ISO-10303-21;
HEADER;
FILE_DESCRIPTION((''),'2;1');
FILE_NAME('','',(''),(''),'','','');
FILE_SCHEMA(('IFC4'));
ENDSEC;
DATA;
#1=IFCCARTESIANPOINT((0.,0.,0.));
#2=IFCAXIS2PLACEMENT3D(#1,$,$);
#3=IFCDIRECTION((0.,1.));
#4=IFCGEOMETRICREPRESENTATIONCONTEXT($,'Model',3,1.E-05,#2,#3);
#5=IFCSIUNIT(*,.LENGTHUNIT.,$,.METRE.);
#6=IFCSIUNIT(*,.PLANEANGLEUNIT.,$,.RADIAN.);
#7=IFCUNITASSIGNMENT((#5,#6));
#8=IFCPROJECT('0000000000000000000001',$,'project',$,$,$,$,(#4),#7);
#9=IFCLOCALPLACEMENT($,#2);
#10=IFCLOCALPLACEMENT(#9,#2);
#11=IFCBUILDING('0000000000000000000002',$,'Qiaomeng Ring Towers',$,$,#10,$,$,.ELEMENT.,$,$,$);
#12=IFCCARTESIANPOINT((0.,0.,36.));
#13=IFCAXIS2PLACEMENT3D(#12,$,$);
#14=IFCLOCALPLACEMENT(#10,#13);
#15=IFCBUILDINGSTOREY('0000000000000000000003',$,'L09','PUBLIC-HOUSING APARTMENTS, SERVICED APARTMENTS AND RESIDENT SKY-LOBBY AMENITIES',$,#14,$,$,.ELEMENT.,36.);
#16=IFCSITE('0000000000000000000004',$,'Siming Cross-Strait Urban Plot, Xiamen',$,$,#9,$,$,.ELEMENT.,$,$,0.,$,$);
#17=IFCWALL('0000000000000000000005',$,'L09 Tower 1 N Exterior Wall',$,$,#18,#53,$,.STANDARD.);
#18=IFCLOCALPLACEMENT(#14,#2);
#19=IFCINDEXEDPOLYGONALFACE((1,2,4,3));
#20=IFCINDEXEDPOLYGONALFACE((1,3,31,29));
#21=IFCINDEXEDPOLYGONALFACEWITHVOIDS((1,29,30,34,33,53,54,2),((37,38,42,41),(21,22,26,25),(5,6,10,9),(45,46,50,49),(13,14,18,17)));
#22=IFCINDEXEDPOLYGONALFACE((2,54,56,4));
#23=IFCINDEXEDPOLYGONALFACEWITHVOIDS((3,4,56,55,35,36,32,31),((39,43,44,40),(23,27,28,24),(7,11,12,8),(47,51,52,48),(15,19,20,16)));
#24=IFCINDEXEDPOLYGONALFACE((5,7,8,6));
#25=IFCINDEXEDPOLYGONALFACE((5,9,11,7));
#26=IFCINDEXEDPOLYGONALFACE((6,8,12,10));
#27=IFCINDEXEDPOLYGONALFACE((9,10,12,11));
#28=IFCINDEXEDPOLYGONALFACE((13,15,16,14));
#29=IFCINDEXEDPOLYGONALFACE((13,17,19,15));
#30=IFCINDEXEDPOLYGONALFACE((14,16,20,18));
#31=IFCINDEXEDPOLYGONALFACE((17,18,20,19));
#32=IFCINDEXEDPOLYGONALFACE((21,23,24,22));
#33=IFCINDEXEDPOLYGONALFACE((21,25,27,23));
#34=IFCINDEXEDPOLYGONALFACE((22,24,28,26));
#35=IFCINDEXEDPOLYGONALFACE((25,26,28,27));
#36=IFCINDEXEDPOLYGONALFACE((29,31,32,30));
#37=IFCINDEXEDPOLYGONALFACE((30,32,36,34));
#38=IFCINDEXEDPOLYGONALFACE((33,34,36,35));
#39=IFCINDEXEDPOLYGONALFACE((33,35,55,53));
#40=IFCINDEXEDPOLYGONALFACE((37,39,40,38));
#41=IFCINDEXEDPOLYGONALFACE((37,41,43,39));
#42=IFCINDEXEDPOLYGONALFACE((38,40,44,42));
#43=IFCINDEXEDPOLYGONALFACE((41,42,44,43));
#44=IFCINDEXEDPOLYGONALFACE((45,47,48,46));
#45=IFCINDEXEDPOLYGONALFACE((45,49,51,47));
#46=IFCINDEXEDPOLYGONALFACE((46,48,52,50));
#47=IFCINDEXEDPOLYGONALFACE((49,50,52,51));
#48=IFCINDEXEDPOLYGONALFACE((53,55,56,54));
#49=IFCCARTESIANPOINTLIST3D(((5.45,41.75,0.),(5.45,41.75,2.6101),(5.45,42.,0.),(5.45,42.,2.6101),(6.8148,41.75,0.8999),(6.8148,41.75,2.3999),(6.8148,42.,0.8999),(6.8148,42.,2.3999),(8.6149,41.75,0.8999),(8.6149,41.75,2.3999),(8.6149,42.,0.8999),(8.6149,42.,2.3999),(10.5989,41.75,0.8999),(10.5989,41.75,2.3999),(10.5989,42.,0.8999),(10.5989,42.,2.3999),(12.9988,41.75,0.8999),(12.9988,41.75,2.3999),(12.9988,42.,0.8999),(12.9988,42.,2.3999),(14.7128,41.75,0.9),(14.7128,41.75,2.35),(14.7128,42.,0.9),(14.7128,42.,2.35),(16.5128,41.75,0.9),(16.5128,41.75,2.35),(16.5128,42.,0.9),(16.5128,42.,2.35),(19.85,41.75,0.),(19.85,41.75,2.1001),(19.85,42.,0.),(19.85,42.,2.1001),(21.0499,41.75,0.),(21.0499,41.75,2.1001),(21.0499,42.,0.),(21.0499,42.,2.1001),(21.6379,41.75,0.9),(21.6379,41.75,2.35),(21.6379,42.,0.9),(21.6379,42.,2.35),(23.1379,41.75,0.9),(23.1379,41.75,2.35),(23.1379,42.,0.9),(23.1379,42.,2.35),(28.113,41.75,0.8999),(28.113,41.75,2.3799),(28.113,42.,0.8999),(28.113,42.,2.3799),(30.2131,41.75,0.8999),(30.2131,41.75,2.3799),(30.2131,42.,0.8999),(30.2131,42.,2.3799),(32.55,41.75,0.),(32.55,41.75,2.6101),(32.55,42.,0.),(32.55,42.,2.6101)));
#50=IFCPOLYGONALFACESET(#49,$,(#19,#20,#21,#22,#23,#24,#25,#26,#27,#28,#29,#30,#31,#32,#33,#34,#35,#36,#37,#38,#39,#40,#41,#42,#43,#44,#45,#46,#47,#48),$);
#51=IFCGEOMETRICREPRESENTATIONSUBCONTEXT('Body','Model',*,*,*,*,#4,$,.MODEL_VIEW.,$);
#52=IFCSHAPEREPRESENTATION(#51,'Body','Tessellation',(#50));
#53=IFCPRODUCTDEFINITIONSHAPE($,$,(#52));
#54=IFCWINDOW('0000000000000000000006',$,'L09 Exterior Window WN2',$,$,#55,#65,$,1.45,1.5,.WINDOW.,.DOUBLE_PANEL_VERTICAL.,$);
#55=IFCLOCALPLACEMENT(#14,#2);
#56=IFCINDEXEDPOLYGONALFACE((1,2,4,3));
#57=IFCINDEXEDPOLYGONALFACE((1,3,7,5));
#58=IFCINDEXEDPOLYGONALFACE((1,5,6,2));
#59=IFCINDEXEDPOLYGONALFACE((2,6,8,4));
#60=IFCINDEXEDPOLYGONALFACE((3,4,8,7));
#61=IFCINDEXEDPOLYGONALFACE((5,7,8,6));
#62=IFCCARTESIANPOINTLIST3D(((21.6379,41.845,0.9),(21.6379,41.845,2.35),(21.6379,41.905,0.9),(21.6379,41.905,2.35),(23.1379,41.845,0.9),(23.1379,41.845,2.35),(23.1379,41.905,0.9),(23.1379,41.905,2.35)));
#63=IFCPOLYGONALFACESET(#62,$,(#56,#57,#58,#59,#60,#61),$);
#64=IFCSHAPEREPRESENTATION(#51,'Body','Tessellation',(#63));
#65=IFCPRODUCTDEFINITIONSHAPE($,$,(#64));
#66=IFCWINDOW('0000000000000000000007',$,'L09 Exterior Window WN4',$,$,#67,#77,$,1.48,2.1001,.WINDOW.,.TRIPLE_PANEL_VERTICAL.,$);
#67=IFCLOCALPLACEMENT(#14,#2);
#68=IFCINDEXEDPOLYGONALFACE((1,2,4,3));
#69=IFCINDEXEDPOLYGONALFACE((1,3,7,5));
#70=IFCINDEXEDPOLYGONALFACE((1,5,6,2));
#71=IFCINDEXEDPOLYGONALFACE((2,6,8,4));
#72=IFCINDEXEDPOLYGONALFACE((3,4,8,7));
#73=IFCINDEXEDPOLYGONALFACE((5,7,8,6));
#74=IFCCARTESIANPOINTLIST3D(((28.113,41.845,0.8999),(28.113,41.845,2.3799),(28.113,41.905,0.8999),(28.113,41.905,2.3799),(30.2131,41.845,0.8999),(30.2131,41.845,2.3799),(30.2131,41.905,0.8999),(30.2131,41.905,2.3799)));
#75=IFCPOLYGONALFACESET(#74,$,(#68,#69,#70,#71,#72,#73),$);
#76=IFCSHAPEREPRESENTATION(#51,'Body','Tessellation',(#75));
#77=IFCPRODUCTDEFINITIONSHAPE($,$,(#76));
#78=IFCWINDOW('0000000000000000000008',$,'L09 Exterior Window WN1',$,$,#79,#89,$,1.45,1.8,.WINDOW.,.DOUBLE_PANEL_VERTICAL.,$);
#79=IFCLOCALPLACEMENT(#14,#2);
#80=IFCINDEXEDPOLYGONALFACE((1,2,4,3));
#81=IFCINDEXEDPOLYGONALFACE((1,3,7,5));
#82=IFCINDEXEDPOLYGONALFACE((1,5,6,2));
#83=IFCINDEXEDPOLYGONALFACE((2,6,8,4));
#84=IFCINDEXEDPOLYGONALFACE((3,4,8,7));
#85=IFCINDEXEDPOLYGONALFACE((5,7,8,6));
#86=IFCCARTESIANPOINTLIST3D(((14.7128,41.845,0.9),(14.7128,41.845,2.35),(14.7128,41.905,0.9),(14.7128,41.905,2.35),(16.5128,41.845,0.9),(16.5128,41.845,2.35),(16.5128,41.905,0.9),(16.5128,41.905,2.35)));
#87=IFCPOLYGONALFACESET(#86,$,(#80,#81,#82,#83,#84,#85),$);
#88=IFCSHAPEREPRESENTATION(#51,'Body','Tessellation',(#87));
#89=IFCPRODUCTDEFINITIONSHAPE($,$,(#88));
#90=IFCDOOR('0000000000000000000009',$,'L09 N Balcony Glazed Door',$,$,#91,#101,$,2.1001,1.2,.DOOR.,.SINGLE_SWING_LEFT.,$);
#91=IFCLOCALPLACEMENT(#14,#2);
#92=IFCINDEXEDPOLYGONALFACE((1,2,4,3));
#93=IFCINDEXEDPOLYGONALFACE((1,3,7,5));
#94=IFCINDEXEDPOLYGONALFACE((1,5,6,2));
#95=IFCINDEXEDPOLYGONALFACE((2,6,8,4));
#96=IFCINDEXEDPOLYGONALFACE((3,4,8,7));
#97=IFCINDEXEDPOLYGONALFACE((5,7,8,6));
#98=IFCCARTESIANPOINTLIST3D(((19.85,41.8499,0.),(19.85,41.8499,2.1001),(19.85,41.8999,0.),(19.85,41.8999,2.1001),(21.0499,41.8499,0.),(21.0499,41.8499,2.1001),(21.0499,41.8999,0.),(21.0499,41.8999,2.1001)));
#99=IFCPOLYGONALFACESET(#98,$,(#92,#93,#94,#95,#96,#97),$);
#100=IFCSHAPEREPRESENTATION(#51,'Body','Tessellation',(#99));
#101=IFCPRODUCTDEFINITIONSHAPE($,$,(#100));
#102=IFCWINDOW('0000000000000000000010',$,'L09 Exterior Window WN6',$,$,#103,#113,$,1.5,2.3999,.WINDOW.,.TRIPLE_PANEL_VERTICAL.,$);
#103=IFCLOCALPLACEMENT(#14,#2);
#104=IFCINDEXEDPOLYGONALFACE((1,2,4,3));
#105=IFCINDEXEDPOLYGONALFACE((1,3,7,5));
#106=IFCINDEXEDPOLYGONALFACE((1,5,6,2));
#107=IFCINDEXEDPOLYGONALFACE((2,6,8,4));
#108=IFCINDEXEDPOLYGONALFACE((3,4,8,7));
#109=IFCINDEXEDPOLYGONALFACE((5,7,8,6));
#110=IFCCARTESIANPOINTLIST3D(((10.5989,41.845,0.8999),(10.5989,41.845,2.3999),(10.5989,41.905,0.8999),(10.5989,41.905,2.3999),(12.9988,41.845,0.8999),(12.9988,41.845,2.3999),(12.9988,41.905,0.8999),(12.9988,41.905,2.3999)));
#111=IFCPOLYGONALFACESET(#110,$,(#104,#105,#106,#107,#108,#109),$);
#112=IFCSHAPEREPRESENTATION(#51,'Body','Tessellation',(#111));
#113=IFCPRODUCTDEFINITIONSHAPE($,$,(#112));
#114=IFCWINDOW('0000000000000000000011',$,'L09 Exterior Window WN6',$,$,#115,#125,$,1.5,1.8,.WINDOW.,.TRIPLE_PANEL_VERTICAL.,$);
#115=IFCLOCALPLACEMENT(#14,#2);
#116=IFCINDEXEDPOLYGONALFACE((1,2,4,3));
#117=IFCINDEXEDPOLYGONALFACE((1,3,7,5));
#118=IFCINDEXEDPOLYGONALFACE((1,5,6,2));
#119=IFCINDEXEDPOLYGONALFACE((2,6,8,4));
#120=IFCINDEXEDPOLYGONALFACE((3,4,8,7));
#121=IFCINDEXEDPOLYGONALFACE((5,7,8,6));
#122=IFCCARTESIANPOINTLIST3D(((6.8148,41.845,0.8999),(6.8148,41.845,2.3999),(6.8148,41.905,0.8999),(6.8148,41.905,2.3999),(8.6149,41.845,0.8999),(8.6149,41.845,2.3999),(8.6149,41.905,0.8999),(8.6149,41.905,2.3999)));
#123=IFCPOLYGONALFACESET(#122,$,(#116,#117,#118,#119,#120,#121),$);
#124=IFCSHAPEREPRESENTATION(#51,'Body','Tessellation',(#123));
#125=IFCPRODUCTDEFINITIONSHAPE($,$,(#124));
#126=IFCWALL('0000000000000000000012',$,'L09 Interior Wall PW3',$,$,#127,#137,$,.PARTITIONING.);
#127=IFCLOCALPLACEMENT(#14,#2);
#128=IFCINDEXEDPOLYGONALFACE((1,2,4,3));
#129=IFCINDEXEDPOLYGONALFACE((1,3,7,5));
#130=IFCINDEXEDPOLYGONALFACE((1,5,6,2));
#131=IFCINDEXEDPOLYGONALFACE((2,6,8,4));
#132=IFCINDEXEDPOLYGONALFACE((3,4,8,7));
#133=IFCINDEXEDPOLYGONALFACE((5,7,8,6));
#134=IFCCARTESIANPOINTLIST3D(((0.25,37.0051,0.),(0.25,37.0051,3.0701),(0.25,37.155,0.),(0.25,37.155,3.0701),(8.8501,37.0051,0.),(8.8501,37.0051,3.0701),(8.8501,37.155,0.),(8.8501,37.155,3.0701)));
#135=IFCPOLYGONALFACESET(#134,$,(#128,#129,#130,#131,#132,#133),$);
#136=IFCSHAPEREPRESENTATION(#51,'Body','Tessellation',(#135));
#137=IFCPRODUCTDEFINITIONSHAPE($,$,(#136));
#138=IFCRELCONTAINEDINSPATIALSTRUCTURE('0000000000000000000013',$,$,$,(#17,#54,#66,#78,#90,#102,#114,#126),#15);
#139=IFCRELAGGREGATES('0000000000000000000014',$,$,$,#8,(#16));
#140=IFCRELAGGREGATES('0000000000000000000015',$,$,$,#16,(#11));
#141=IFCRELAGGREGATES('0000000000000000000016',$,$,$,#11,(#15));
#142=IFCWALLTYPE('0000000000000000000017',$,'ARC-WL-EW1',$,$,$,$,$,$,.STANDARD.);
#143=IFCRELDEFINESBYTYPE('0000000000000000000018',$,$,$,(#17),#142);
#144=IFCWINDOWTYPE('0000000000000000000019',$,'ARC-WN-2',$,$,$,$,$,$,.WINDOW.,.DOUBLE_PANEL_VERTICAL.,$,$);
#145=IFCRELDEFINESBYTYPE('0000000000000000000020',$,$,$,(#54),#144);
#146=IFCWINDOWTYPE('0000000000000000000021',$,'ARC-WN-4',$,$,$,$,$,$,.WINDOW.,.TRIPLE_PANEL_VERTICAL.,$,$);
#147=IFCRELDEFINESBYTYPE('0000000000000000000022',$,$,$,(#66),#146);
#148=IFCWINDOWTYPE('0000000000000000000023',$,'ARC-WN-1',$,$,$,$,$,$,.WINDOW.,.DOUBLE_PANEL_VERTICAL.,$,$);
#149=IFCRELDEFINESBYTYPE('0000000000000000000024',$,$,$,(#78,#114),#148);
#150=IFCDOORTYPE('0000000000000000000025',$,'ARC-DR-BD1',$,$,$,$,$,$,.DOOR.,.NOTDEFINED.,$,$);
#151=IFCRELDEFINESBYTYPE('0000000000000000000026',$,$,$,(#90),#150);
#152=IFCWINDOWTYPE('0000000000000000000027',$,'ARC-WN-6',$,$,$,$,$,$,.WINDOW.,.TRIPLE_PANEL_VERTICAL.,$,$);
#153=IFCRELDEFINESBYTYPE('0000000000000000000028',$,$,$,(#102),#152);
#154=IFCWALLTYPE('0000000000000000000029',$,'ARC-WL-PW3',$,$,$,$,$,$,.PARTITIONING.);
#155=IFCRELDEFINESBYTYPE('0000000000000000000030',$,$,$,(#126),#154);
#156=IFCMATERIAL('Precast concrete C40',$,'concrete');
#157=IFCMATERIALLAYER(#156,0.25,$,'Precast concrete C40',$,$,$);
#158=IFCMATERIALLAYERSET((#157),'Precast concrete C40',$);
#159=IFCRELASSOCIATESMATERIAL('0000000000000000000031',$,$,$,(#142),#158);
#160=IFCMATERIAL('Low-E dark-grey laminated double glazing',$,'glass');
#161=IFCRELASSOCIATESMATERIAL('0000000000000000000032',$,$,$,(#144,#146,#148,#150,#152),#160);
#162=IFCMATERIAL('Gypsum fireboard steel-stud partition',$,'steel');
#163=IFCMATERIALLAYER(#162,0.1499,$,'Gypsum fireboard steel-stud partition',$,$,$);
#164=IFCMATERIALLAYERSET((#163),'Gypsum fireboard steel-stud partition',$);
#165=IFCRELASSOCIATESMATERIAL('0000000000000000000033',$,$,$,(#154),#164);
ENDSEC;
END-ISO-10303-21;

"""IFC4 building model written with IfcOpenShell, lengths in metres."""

from ifc_helpers import new_model, si_unit, direction, frame, frame_2d, origin, place, context, subcontext, project, spatial, rectangle, extrude, source, transform, mapped, material, layer, layer_set, type_object, element, fill, save


model = new_model("IFC4")

# Units and contexts
model_context = context("Model", 3, precision=1e-05, world=origin(), true_north=direction((0.0, 1.0)))
body_context = subcontext(model_context, "Body", "Model", "MODEL_VIEW")
ifc_project = project(units=[si_unit("LENGTHUNIT", "METRE"), si_unit("PLANEANGLEUNIT", "RADIAN")], contexts=[model_context])

# Site, building, storey
site_placement = place(None, origin())
site = spatial("IfcSite", under=ifc_project, at=site_placement, Name="Siming Cross-Strait Urban Plot, Xiamen", CompositionType="ELEMENT", RefElevation=0.0)
building_placement = place(site_placement, origin())
building = spatial("IfcBuilding", under=site, at=building_placement, Name="Qiaomeng Ring Towers", CompositionType="ELEMENT")
storey_placement = place(building_placement, frame((0.0, 0.0, 36.0)))
storey = spatial("IfcBuildingStorey", under=building, at=storey_placement, Name="L09", Description="PUBLIC-HOUSING APARTMENTS, SERVICED APARTMENTS AND RESIDENT SKY-LOBBY AMENITIES", CompositionType="ELEMENT", Elevation=36.0)

# Shared definitions
ifc_material_1 = material(Name="Low-E dark-grey laminated double glazing", Category="glass")

# Wall, openings, windows, door
ifc_material_2 = material(Name="Precast concrete C40", Category="concrete")
ifc_layer_1 = layer(ifc_material_2, 0.25, Name="Precast concrete C40")
ifc_layer_set_1 = layer_set([ifc_layer_1], Name="Precast concrete C40")
wall_type_1 = type_object("IfcWallType", Name="ARC-WL-EW1", PredefinedType="STANDARD", material=ifc_layer_set_1)
wall_1_placement = place(storey_placement, frame((5.45, 41.875, 0.0), z_axis=(0.0, 0.0, 1.0), x_axis=(1.0, 0.0, 0.0)))
wall_1 = element("IfcWall", 1, at=wall_1_placement, inside=storey, type_object=wall_type_1, Name="L09 Tower 1 N Exterior Wall", PredefinedType="STANDARD", context=body_context, shape_type="SweptSolid", body=[
    extrude(rectangle(XDim=27.1001, YDim=0.25, at=frame_2d((13.55, 0.0))), origin(), (0.0, 0.0, 1.0), 2.6101),
])
opening_1_placement = place(wall_1_placement, frame((14.3999, 0.0, 0.0)))
opening_1 = element("IfcOpeningElement", 2, at=opening_1_placement, cuts=wall_1, PredefinedType="OPENING", context=body_context, shape_type="SweptSolid", body=[
    extrude(rectangle(XDim=1.2, YDim=2.1001, at=frame_2d((0.6001, 1.05))), frame((0.0, 0.135, 0.0), z_axis=(0.0, -1.0, 0.0), x_axis=(1.0, 0.0, 0.0)), (0.0, 0.0, 1.0), 0.27),
])
opening_2_placement = place(wall_1_placement, frame((1.365, 0.0, 0.8999)))
opening_2 = element("IfcOpeningElement", 3, at=opening_2_placement, cuts=wall_1, PredefinedType="OPENING", context=body_context, shape_type="SweptSolid", body=[
    extrude(rectangle(XDim=1.8, YDim=1.5, at=frame_2d((0.8999, 0.75))), frame((0.0, 0.135, 0.0), z_axis=(0.0, -1.0, 0.0), x_axis=(1.0, 0.0, 0.0)), (0.0, 0.0, 1.0), 0.27),
])
opening_3_placement = place(wall_1_placement, frame((9.2629, 0.0, 0.8999)))
opening_3 = element("IfcOpeningElement", 4, at=opening_3_placement, cuts=wall_1, PredefinedType="OPENING", context=body_context, shape_type="SweptSolid", body=[
    extrude(rectangle(XDim=1.8, YDim=1.45, at=frame_2d((0.8999, 0.7251))), frame((0.0, 0.135, 0.0), z_axis=(0.0, -1.0, 0.0), x_axis=(1.0, 0.0, 0.0)), (0.0, 0.0, 1.0), 0.27),
])
opening_4_placement = place(wall_1_placement, frame((16.188, 0.0, 0.8999)))
opening_4 = element("IfcOpeningElement", 5, at=opening_4_placement, cuts=wall_1, PredefinedType="OPENING", context=body_context, shape_type="SweptSolid", body=[
    extrude(rectangle(XDim=1.5, YDim=1.45, at=frame_2d((0.75, 0.7251))), frame((0.0, 0.135, 0.0), z_axis=(0.0, -1.0, 0.0), x_axis=(1.0, 0.0, 0.0)), (0.0, 0.0, 1.0), 0.27),
])
opening_5_placement = place(wall_1_placement, frame((22.6631, 0.0, 0.8999)))
opening_5 = element("IfcOpeningElement", 6, at=opening_5_placement, cuts=wall_1, PredefinedType="OPENING", context=body_context, shape_type="SweptSolid", body=[
    extrude(rectangle(XDim=2.1001, YDim=1.48, at=frame_2d((1.05, 0.74))), frame((0.0, 0.135, 0.0), z_axis=(0.0, -1.0, 0.0), x_axis=(1.0, 0.0, 0.0)), (0.0, 0.0, 1.0), 0.27),
])
opening_6_placement = place(wall_1_placement, frame((5.1489, 0.0, 0.8999)))
opening_6 = element("IfcOpeningElement", 7, at=opening_6_placement, cuts=wall_1, PredefinedType="OPENING", context=body_context, shape_type="SweptSolid", body=[
    extrude(rectangle(XDim=2.3999, YDim=1.5, at=frame_2d((1.2, 0.75))), frame((0.0, 0.135, 0.0), z_axis=(0.0, -1.0, 0.0), x_axis=(1.0, 0.0, 0.0)), (0.0, 0.0, 1.0), 0.27),
])
window_type_1 = type_object("IfcWindowType", Name="ARC-WN-2", PartitioningType="DOUBLE_PANEL_VERTICAL", PredefinedType="WINDOW", material=ifc_material_1)
shared_shape_1 = source(origin(), body_context, "Body", "SweptSolid", [
    extrude(rectangle(XDim=1.5, YDim=1.45, at=frame_2d((0.75, 0.7251))), frame((0.0, 0.03, 0.0), z_axis=(0.0, -1.0, 0.0), x_axis=(1.0, 0.0, 0.0)), (0.0, 0.0, 1.0), 0.0601),
])
window_1_placement = place(opening_4_placement, origin())
window_1 = element("IfcWindow", 8, at=window_1_placement, inside=storey, type_object=window_type_1, Name="L09 Exterior Window WN2", OverallHeight=1.45, OverallWidth=1.5, PartitioningType="DOUBLE_PANEL_VERTICAL", PredefinedType="WINDOW", context=body_context, shape_type="MappedRepresentation", body=[
    mapped(shared_shape_1, transform((0.0, 0.0, 0.0), x_axis=(1.0, 0.0, 0.0), y_axis=(0.0, 1.0, 0.0), z_axis=(0.0, 0.0, 1.0), scale=1.0)),
])
fill(opening_4, window_1)
window_type_2 = type_object("IfcWindowType", Name="ARC-WN-4", PartitioningType="TRIPLE_PANEL_VERTICAL", PredefinedType="WINDOW", material=ifc_material_1)
shared_shape_2 = source(origin(), body_context, "Body", "SweptSolid", [
    extrude(rectangle(XDim=2.1001, YDim=1.48, at=frame_2d((1.05, 0.74))), frame((0.0, 0.03, 0.0), z_axis=(0.0, -1.0, 0.0), x_axis=(1.0, 0.0, 0.0)), (0.0, 0.0, 1.0), 0.0601),
])
window_2_placement = place(opening_5_placement, origin())
window_2 = element("IfcWindow", 9, at=window_2_placement, inside=storey, type_object=window_type_2, Name="L09 Exterior Window WN4", OverallHeight=1.48, OverallWidth=2.1001, PartitioningType="TRIPLE_PANEL_VERTICAL", PredefinedType="WINDOW", context=body_context, shape_type="MappedRepresentation", body=[
    mapped(shared_shape_2, transform((0.0, 0.0, 0.0), x_axis=(1.0, 0.0, 0.0), y_axis=(0.0, 1.0, 0.0), z_axis=(0.0, 0.0, 1.0), scale=1.0)),
])
fill(opening_5, window_2)
window_type_3 = type_object("IfcWindowType", Name="ARC-WN-1", PartitioningType="DOUBLE_PANEL_VERTICAL", PredefinedType="WINDOW", material=ifc_material_1)
shared_shape_3 = source(origin(), body_context, "Body", "SweptSolid", [
    extrude(rectangle(XDim=1.8, YDim=1.45, at=frame_2d((0.8999, 0.7251))), frame((0.0, 0.03, 0.0), z_axis=(0.0, -1.0, 0.0), x_axis=(1.0, 0.0, 0.0)), (0.0, 0.0, 1.0), 0.0601),
])
window_3_placement = place(opening_3_placement, origin())
window_3 = element("IfcWindow", 10, at=window_3_placement, inside=storey, type_object=window_type_3, Name="L09 Exterior Window WN1", OverallHeight=1.45, OverallWidth=1.8, PartitioningType="DOUBLE_PANEL_VERTICAL", PredefinedType="WINDOW", context=body_context, shape_type="MappedRepresentation", body=[
    mapped(shared_shape_3, transform((0.0, 0.0, 0.0), x_axis=(1.0, 0.0, 0.0), y_axis=(0.0, 1.0, 0.0), z_axis=(0.0, 0.0, 1.0), scale=1.0)),
])
fill(opening_3, window_3)
door_type = type_object("IfcDoorType", Name="ARC-DR-BD1", OperationType="NOTDEFINED", PredefinedType="DOOR", material=ifc_material_1)
shared_shape_4 = source(origin(), body_context, "Body", "SweptSolid", [
    extrude(rectangle(XDim=1.2, YDim=2.1001, at=frame_2d((0.6001, 1.05))), frame((0.0, 0.0249, 0.0), z_axis=(0.0, -1.0, 0.0), x_axis=(1.0, 0.0, 0.0)), (0.0, 0.0, 1.0), 0.05),
])
door_placement = place(opening_1_placement, origin())
door = element("IfcDoor", 11, at=door_placement, inside=storey, type_object=door_type, Name="L09 N Balcony Glazed Door", OperationType="SINGLE_SWING_LEFT", OverallHeight=2.1001, OverallWidth=1.2, PredefinedType="DOOR", context=body_context, shape_type="MappedRepresentation", body=[
    mapped(shared_shape_4, transform((0.0, 0.0, 0.0), x_axis=(1.0, 0.0, 0.0), y_axis=(0.0, 1.0, 0.0), z_axis=(0.0, 0.0, 1.0), scale=1.0)),
])
fill(opening_1, door)
window_type_4 = type_object("IfcWindowType", Name="ARC-WN-6", PartitioningType="TRIPLE_PANEL_VERTICAL", PredefinedType="WINDOW", material=ifc_material_1)
shared_shape_5 = source(origin(), body_context, "Body", "SweptSolid", [
    extrude(rectangle(XDim=2.3999, YDim=1.5, at=frame_2d((1.2, 0.75))), frame((0.0, 0.03, 0.0), z_axis=(0.0, -1.0, 0.0), x_axis=(1.0, 0.0, 0.0)), (0.0, 0.0, 1.0), 0.0601),
])
window_4_placement = place(opening_6_placement, origin())
window_4 = element("IfcWindow", 12, at=window_4_placement, inside=storey, type_object=window_type_4, Name="L09 Exterior Window WN6", OverallHeight=1.5, OverallWidth=2.3999, PartitioningType="TRIPLE_PANEL_VERTICAL", PredefinedType="WINDOW", context=body_context, shape_type="MappedRepresentation", body=[
    mapped(shared_shape_5, transform((0.0, 0.0, 0.0), x_axis=(1.0, 0.0, 0.0), y_axis=(0.0, 1.0, 0.0), z_axis=(0.0, 0.0, 1.0), scale=1.0)),
])
fill(opening_6, window_4)
shared_shape_6 = source(origin(), body_context, "Body", "SweptSolid", [
    extrude(rectangle(XDim=1.8, YDim=1.5, at=frame_2d((0.8999, 0.75))), frame((0.0, 0.03, 0.0), z_axis=(0.0, -1.0, 0.0), x_axis=(1.0, 0.0, 0.0)), (0.0, 0.0, 1.0), 0.0601),
])
window_5_placement = place(opening_2_placement, origin())
window_5 = element("IfcWindow", 13, at=window_5_placement, inside=storey, type_object=window_type_3, Name="L09 Exterior Window WN6", OverallHeight=1.5, OverallWidth=1.8, PartitioningType="TRIPLE_PANEL_VERTICAL", PredefinedType="WINDOW", context=body_context, shape_type="MappedRepresentation", body=[
    mapped(shared_shape_6, transform((0.0, 0.0, 0.0), x_axis=(1.0, 0.0, 0.0), y_axis=(0.0, 1.0, 0.0), z_axis=(0.0, 0.0, 1.0), scale=1.0)),
])
fill(opening_2, window_5)

# Wall
ifc_material_3 = material(Name="Gypsum fireboard steel-stud partition", Category="steel")
ifc_layer_2 = layer(ifc_material_3, 0.1499, Name="Gypsum fireboard steel-stud partition")
ifc_layer_set_2 = layer_set([ifc_layer_2], Name="Gypsum fireboard steel-stud partition")
wall_type_2 = type_object("IfcWallType", Name="ARC-WL-PW3", PredefinedType="PARTITIONING", material=ifc_layer_set_2)
wall_2_placement = place(storey_placement, frame((0.25, 37.0801, 0.0), z_axis=(0.0, 0.0, 1.0), x_axis=(1.0, 0.0, 0.0)))
element("IfcWall", 14, at=wall_2_placement, inside=storey, type_object=wall_type_2, Name="L09 Interior Wall PW3", PredefinedType="PARTITIONING", context=body_context, shape_type="SweptSolid", body=[
    extrude(rectangle(XDim=8.6001, YDim=0.1499, at=frame_2d((4.3, 0.0))), origin(), (0.0, 0.0, 1.0), 3.0701),
])

save(model, "model.ifc")
